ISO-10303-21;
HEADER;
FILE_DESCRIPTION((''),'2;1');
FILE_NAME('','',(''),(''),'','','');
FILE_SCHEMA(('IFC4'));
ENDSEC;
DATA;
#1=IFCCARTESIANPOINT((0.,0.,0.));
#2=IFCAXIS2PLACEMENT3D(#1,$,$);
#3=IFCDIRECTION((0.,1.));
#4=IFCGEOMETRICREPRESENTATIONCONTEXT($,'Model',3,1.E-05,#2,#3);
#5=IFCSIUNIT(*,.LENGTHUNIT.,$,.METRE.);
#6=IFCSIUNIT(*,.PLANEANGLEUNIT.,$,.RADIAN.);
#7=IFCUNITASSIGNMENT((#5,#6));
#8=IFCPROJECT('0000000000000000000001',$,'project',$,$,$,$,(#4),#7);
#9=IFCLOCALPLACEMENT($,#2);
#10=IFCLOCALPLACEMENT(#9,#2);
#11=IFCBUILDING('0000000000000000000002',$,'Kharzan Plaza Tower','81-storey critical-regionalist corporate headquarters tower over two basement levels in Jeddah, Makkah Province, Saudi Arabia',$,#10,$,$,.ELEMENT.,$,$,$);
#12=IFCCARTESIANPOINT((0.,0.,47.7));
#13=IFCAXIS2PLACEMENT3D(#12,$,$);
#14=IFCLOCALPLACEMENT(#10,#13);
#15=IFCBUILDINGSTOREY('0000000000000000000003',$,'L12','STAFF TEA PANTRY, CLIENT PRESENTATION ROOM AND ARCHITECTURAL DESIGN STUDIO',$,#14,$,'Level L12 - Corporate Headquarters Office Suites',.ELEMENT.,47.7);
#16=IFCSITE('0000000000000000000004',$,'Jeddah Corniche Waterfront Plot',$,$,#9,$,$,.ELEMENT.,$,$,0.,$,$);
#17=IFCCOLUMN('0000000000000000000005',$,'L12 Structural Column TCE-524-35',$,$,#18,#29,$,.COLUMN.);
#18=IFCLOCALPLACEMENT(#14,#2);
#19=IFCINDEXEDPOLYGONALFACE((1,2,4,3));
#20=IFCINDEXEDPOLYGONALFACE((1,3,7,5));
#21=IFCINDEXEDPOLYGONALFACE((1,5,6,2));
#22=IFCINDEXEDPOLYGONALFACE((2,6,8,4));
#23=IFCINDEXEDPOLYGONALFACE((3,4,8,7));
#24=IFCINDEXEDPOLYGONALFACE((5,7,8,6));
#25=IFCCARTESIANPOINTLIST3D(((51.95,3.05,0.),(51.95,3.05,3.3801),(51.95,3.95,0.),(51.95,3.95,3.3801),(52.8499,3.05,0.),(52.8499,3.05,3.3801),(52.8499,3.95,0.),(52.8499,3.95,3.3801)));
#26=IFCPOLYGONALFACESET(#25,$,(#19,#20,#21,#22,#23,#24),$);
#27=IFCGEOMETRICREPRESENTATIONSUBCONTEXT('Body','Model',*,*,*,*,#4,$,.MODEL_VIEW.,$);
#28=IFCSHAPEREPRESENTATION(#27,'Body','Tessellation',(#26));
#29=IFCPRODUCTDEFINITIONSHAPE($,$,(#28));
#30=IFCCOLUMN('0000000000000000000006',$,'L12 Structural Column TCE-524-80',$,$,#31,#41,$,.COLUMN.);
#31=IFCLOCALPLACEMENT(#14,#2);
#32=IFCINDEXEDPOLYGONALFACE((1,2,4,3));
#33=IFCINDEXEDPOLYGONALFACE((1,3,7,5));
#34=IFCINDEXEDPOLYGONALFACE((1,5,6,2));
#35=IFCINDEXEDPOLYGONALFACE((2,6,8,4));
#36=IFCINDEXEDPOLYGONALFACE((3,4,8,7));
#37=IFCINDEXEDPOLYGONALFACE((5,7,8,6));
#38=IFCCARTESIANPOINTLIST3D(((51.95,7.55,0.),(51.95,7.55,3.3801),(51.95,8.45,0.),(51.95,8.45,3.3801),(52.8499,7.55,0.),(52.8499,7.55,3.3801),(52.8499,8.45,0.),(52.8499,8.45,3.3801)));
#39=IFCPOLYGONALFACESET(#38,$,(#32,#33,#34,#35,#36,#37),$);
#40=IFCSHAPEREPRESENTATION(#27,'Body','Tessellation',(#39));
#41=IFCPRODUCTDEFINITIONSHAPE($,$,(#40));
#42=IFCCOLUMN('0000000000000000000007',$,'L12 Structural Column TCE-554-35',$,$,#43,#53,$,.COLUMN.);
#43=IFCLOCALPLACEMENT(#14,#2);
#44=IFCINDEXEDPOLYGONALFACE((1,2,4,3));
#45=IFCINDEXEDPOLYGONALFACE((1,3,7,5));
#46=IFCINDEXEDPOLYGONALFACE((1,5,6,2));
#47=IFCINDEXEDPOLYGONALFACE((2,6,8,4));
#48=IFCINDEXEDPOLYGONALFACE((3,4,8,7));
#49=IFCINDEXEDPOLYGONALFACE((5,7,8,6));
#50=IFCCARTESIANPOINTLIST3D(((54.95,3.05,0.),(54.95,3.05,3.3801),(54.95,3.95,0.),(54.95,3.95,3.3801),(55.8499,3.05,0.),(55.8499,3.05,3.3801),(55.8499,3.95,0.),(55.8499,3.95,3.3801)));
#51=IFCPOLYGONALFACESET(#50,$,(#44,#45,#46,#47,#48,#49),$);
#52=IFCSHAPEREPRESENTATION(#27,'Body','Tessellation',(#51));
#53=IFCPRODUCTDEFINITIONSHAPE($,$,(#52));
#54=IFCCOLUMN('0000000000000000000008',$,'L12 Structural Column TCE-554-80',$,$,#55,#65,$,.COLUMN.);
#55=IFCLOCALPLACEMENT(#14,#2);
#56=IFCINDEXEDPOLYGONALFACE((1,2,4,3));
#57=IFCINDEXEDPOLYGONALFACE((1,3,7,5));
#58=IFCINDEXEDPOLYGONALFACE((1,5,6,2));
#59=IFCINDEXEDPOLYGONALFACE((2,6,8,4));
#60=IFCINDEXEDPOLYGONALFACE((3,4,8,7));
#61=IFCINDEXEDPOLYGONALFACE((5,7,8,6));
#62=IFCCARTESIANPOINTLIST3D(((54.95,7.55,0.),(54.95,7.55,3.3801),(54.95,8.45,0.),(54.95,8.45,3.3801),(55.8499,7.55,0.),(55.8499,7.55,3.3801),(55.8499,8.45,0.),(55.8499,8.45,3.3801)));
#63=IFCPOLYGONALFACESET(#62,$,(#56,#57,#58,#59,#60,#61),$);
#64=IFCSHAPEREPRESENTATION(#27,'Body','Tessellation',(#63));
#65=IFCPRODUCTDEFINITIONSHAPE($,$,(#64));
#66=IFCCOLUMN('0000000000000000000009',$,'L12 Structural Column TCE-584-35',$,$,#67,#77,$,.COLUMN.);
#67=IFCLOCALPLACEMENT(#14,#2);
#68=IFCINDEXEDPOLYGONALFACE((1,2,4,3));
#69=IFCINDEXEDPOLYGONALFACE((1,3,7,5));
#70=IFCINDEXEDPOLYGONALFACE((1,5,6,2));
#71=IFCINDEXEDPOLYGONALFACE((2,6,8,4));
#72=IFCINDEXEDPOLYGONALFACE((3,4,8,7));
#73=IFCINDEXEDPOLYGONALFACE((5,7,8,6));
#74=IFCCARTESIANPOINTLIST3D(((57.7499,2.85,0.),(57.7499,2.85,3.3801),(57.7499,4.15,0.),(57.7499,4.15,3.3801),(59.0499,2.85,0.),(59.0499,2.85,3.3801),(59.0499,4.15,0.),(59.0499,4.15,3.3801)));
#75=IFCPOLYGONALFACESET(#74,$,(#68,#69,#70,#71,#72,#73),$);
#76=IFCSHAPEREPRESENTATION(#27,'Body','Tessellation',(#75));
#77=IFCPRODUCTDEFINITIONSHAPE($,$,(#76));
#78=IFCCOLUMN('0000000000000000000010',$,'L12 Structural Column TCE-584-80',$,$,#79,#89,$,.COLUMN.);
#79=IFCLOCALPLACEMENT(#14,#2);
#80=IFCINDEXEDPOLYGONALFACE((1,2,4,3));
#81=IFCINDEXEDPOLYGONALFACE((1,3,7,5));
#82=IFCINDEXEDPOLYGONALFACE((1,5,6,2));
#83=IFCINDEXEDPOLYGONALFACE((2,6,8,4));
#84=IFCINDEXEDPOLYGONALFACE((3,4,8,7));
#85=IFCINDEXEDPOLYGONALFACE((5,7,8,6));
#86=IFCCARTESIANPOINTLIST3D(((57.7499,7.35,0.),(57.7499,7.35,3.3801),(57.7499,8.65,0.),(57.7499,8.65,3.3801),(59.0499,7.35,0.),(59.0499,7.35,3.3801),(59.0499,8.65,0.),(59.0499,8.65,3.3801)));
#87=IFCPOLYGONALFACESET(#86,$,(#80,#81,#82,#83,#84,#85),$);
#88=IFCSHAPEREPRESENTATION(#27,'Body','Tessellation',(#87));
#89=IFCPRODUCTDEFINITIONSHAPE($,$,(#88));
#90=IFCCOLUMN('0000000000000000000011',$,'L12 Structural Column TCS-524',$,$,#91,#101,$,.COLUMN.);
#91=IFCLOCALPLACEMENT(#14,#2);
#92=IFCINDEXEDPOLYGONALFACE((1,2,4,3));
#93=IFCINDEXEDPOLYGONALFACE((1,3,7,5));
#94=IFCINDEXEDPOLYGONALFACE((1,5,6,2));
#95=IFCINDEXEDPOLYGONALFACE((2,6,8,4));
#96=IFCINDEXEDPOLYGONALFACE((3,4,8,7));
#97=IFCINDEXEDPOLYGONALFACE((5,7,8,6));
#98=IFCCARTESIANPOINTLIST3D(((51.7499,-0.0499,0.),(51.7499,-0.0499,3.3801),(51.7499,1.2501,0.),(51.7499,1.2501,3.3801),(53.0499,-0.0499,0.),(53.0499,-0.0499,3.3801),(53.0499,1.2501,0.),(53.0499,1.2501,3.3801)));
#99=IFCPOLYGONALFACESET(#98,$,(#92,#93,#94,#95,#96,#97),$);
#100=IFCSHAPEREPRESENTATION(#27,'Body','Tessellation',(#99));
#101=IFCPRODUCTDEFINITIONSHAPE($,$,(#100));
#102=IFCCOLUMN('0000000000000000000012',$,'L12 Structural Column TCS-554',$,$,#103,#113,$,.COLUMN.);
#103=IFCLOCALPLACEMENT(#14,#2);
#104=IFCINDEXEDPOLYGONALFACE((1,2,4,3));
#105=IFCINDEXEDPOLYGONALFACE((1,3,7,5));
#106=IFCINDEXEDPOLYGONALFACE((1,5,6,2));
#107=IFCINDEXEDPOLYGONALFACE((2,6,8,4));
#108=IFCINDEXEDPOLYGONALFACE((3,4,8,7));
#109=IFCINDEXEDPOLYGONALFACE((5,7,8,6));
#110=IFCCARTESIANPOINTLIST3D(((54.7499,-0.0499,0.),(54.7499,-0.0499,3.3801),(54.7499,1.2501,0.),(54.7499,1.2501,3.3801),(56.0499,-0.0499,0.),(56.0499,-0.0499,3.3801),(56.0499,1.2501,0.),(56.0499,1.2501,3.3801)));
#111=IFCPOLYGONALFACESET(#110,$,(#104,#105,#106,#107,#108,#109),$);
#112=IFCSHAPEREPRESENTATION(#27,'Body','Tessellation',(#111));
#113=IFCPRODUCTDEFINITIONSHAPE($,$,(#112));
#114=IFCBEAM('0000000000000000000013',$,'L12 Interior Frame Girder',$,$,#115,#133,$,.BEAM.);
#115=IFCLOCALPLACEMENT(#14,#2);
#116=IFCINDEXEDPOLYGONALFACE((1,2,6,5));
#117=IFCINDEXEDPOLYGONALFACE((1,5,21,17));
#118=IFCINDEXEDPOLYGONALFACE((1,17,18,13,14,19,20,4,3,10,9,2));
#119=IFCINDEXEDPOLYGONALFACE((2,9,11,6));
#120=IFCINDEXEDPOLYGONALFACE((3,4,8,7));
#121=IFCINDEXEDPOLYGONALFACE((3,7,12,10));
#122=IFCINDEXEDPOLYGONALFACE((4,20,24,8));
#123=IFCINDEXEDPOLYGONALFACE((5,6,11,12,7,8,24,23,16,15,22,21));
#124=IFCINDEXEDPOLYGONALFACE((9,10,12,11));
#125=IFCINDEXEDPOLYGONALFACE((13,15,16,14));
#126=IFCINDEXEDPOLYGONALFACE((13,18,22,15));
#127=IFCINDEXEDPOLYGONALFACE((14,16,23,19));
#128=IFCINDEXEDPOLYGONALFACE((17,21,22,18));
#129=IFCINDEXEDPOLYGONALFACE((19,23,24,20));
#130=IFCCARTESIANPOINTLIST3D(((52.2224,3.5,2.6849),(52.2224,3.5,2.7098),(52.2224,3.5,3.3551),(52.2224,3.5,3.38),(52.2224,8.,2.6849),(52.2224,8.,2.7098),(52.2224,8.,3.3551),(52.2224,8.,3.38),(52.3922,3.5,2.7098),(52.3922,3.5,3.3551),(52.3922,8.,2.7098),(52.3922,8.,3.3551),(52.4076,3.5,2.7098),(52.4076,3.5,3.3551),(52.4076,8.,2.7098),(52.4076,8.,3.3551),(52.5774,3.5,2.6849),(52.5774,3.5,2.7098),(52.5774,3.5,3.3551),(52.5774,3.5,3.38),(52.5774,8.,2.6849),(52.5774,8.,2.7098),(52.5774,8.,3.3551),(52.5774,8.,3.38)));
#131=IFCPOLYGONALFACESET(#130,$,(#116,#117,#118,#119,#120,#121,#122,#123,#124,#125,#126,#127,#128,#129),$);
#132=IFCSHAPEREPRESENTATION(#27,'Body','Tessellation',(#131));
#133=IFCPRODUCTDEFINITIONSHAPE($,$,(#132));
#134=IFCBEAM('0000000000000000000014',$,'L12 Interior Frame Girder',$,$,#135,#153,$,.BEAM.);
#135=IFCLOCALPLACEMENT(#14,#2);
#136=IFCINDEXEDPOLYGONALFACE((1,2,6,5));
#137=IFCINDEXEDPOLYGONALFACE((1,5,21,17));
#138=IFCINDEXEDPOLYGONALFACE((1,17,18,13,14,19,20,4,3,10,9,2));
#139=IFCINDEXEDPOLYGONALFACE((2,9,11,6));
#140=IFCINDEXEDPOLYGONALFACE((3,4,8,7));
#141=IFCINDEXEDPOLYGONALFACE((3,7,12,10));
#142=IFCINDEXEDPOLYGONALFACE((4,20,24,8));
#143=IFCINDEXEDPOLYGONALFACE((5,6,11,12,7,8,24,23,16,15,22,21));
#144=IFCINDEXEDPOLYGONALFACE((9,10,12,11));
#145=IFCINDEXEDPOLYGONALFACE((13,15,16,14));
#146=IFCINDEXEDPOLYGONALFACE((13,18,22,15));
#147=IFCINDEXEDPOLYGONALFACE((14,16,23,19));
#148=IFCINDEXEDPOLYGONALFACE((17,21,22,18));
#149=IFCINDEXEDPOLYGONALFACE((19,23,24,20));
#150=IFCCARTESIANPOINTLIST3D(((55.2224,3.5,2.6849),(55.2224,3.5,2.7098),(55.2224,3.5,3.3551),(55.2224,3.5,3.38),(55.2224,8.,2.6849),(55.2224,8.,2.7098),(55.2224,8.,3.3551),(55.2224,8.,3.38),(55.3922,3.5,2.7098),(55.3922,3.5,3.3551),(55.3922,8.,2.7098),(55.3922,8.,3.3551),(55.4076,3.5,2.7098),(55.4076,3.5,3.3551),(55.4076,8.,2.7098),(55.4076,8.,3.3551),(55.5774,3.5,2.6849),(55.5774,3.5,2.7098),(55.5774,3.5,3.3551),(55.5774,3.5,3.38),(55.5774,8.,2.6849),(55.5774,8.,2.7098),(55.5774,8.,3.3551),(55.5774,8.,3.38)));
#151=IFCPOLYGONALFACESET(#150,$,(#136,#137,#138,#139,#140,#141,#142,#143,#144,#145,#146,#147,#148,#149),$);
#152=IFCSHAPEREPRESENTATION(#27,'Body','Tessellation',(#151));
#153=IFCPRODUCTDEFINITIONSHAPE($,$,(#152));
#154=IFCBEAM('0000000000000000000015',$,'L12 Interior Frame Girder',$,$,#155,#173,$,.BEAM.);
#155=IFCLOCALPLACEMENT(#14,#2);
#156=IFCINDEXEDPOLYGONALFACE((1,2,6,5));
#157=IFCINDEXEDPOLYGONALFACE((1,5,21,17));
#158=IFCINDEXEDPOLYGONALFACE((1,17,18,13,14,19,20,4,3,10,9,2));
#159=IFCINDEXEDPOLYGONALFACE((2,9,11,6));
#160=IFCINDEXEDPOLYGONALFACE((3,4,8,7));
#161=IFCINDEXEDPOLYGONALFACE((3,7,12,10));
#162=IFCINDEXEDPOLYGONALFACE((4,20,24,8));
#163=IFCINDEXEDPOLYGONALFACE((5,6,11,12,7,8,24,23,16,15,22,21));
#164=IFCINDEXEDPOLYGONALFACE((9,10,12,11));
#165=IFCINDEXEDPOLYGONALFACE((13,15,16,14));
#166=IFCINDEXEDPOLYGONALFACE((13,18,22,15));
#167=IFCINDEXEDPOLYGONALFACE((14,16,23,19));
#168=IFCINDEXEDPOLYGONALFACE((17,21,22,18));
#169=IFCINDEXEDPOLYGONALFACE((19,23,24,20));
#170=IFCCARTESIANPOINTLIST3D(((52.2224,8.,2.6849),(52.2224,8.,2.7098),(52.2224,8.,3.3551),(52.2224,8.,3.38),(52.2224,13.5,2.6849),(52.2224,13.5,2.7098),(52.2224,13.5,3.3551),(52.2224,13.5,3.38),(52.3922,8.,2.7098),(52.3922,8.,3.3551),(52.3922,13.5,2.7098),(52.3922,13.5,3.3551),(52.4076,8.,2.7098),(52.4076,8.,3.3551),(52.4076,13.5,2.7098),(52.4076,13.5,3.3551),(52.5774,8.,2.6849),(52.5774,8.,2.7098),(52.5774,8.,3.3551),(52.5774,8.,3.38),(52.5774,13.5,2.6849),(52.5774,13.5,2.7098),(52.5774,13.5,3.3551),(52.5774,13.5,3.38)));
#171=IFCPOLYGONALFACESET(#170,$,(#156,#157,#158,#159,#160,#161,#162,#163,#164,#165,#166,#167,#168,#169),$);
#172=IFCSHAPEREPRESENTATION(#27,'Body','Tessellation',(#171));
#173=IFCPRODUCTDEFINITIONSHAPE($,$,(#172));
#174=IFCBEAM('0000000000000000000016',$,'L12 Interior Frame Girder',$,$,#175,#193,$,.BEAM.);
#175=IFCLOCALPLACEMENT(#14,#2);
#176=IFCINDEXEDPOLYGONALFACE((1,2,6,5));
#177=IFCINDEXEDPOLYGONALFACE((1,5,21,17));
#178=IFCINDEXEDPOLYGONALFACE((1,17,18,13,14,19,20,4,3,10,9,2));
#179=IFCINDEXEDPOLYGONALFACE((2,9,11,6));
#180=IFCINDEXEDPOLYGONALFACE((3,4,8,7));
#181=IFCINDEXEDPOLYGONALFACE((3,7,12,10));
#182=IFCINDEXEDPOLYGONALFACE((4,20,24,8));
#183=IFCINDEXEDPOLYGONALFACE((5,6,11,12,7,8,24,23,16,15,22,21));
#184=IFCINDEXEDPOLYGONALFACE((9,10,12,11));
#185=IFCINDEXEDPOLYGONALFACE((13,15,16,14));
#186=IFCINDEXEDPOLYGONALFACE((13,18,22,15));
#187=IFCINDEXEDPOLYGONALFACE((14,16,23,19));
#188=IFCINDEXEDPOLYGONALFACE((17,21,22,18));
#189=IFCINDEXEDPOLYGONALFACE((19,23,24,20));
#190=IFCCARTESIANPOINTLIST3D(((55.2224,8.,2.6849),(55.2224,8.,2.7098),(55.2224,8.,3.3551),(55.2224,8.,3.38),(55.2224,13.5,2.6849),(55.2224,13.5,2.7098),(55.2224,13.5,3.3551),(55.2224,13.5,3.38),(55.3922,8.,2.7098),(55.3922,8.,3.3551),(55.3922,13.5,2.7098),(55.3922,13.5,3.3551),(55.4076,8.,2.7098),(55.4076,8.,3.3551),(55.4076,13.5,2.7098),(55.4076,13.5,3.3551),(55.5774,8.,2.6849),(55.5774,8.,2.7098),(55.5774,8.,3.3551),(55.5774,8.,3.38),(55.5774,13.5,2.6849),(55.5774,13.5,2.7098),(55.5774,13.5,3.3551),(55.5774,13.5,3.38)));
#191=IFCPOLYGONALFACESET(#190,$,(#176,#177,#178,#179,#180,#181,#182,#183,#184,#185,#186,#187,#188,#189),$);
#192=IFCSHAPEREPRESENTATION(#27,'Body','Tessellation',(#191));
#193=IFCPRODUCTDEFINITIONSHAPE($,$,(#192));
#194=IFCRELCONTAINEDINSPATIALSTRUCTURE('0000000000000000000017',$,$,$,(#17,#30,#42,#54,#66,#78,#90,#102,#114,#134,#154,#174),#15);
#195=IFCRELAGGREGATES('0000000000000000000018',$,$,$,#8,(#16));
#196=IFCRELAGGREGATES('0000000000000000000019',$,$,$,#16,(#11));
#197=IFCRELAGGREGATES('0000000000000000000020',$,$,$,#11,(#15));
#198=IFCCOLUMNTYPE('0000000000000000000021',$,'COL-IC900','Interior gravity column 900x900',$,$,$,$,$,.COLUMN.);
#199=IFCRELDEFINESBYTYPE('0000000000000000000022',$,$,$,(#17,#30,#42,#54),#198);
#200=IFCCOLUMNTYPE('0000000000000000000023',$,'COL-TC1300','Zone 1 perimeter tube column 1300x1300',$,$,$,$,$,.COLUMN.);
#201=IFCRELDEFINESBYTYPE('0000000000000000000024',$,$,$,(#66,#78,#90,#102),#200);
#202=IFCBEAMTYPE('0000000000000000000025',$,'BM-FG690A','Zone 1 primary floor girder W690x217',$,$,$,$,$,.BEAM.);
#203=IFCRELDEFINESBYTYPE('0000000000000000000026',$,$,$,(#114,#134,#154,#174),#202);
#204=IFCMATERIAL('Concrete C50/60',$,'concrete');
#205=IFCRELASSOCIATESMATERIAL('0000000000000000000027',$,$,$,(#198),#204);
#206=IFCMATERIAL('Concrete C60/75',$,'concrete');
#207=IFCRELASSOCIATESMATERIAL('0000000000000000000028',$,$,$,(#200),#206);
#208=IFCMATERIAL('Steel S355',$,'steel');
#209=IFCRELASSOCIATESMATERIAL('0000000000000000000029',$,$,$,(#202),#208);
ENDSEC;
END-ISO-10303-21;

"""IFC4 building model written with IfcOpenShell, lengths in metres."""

from ifc_helpers import new_model, si_unit, direction, frame, origin, origin_2d, place, context, subcontext, project, spatial, rectangle, i_section, extrude, source, transform, mapped, material, material_profile, profile_set, type_object, element, save


model = new_model("IFC4")

# Units and contexts
model_context = context("Model", 3, precision=1e-05, world=origin(), true_north=direction((0.0, 1.0)))
body_context = subcontext(model_context, "Body", "Model", "MODEL_VIEW")
ifc_project = project(units=[si_unit("LENGTHUNIT", "METRE"), si_unit("PLANEANGLEUNIT", "RADIAN")], contexts=[model_context])

# Site, building, storey
site_placement = place(None, origin())
site = spatial("IfcSite", under=ifc_project, at=site_placement, Name="Jeddah Corniche Waterfront Plot", CompositionType="ELEMENT", RefElevation=0.0)
building_placement = place(site_placement, origin())
building = spatial("IfcBuilding", under=site, at=building_placement, Name="Kharzan Plaza Tower", Description="81-storey critical-regionalist corporate headquarters tower over two basement levels in Jeddah, Makkah Province, Saudi Arabia", CompositionType="ELEMENT")
storey_placement = place(building_placement, frame((0.0, 0.0, 47.7)))
storey = spatial("IfcBuildingStorey", under=building, at=storey_placement, Name="L12", Description="STAFF TEA PANTRY, CLIENT PRESENTATION ROOM AND ARCHITECTURAL DESIGN STUDIO", LongName="Level L12 - Corporate Headquarters Office Suites", CompositionType="ELEMENT", Elevation=47.7)

# Columns
ifc_material_1 = material(Name="Concrete C50/60", Category="concrete")
ifc_material_profile_1 = material_profile(ifc_material_1, rectangle(XDim=0.8999, YDim=0.8999, at=origin_2d()), Name="RC-IC900x900")
ifc_profile_set_1 = profile_set([ifc_material_profile_1], Name="Concrete C50/60")
column_type_1 = type_object("IfcColumnType", Name="COL-IC900", Description="Interior gravity column 900x900", PredefinedType="COLUMN", material=ifc_profile_set_1)
shared_shape_1 = source(origin(), body_context, "Body", "SweptSolid", [
    extrude(rectangle(XDim=0.8999, YDim=0.8999, at=origin_2d()), origin(), (0.0, 0.0, 1.0), 3.3801),
])
for number, where, z_axis, x_axis, name in (
    (1, (52.3999, 3.5, 0.0), (0.0, 0.0, 1.0), (1.0, 0.0, 0.0), "L12 Structural Column TCE-524-35"),
    (2, (52.3999, 8.0, 0.0), (0.0, 0.0, 1.0), (1.0, 0.0, 0.0), "L12 Structural Column TCE-524-80"),
    (3, (55.3999, 3.5, 0.0), (0.0, 0.0, 1.0), (1.0, 0.0, 0.0), "L12 Structural Column TCE-554-35"),
    (4, (55.3999, 8.0, 0.0), (0.0, 0.0, 1.0), (1.0, 0.0, 0.0), "L12 Structural Column TCE-554-80"),
):
    element("IfcColumn", number, at=place(storey_placement, frame(where, z_axis=z_axis, x_axis=x_axis)), inside=storey, type_object=column_type_1, Name=name, PredefinedType="COLUMN", context=body_context, shape_type="MappedRepresentation", body=[
        mapped(shared_shape_1, transform((0.0, 0.0, 0.0), x_axis=(1.0, 0.0, 0.0), y_axis=(0.0, 1.0, 0.0), z_axis=(0.0, 0.0, 1.0))),
    ])
ifc_material_2 = material(Name="Concrete C60/75", Category="concrete")
ifc_material_profile_2 = material_profile(ifc_material_2, rectangle(XDim=1.3, YDim=1.3, at=origin_2d()), Name="RC-TC1300x1300")
ifc_profile_set_2 = profile_set([ifc_material_profile_2], Name="Concrete C60/75")
column_type_2 = type_object("IfcColumnType", Name="COL-TC1300", Description="Zone 1 perimeter tube column 1300x1300", PredefinedType="COLUMN", material=ifc_profile_set_2)
shared_shape_2 = source(origin(), body_context, "Body", "SweptSolid", [
    extrude(rectangle(XDim=1.3, YDim=1.3, at=origin_2d()), origin(), (0.0, 0.0, 1.0), 3.3801),
])
for number, where, z_axis, x_axis, name in (
    (5, (58.3999, 3.5, 0.0), (0.0, 0.0, 1.0), (1.0, 0.0, 0.0), "L12 Structural Column TCE-584-35"),
    (6, (58.3999, 8.0, 0.0), (0.0, 0.0, 1.0), (1.0, 0.0, 0.0), "L12 Structural Column TCE-584-80"),
    (7, (52.3999, 0.6001, 0.0), (0.0, 0.0, 1.0), (1.0, 0.0, 0.0), "L12 Structural Column TCS-524"),
    (8, (55.3999, 0.6001, 0.0), (0.0, 0.0, 1.0), (1.0, 0.0, 0.0), "L12 Structural Column TCS-554"),
):
    element("IfcColumn", number, at=place(storey_placement, frame(where, z_axis=z_axis, x_axis=x_axis)), inside=storey, type_object=column_type_2, Name=name, PredefinedType="COLUMN", context=body_context, shape_type="MappedRepresentation", body=[
        mapped(shared_shape_2, transform((0.0, 0.0, 0.0), x_axis=(1.0, 0.0, 0.0), y_axis=(0.0, 1.0, 0.0), z_axis=(0.0, 0.0, 1.0))),
    ])

# Beams
ifc_material_3 = material(Name="Steel S355", Category="steel")
ifc_material_profile_3 = material_profile(ifc_material_3, i_section(OverallWidth=0.355, OverallDepth=0.6951, WebThickness=0.0154, FlangeThickness=0.0249, at=origin_2d()), Name="W690x217")
ifc_profile_set_3 = profile_set([ifc_material_profile_3], Name="Steel S355")
beam_type_1 = type_object("IfcBeamType", Name="BM-FG690A", Description="Zone 1 primary floor girder W690x217", PredefinedType="BEAM", material=ifc_profile_set_3)
shared_shape_3 = source(origin(), body_context, "Body", "SweptSolid", [
    extrude(i_section(OverallWidth=0.355, OverallDepth=0.6951, WebThickness=0.0154, FlangeThickness=0.0249, at=origin_2d()), origin(), (0.0, 0.0, 1.0), 4.5),
])
for number, where, z_axis, x_axis, name in (
    (9, (52.3999, 3.5, 3.0325), (0.0, 1.0, 0.0), (-1.0, 0.0, 0.0), "L12 Interior Frame Girder"),
    (10, (55.3999, 3.5, 3.0325), (0.0, 1.0, 0.0), (-1.0, 0.0, 0.0), "L12 Interior Frame Girder"),
):
    element("IfcBeam", number, at=place(storey_placement, frame(where, z_axis=z_axis, x_axis=x_axis)), inside=storey, type_object=beam_type_1, Name=name, PredefinedType="BEAM", context=body_context, shape_type="MappedRepresentation", body=[
        mapped(shared_shape_3, transform((0.0, 0.0, 0.0), x_axis=(1.0, 0.0, 0.0), y_axis=(0.0, 1.0, 0.0), z_axis=(0.0, 0.0, 1.0))),
    ])
shared_shape_4 = source(origin(), body_context, "Body", "SweptSolid", [
    extrude(i_section(OverallWidth=0.355, OverallDepth=0.6951, WebThickness=0.0154, FlangeThickness=0.0249, at=origin_2d()), origin(), (0.0, 0.0, 1.0), 5.5),
])
for number, where, z_axis, x_axis, name in (
    (11, (52.3999, 8.0, 3.0325), (0.0, 1.0, 0.0), (-1.0, 0.0, 0.0), "L12 Interior Frame Girder"),
    (12, (55.3999, 8.0, 3.0325), (0.0, 1.0, 0.0), (-1.0, 0.0, 0.0), "L12 Interior Frame Girder"),
):
    element("IfcBeam", number, at=place(storey_placement, frame(where, z_axis=z_axis, x_axis=x_axis)), inside=storey, type_object=beam_type_1, Name=name, PredefinedType="BEAM", context=body_context, shape_type="MappedRepresentation", body=[
        mapped(shared_shape_4, transform((0.0, 0.0, 0.0), x_axis=(1.0, 0.0, 0.0), y_axis=(0.0, 1.0, 0.0), z_axis=(0.0, 0.0, 1.0))),
    ])

save(model, "model.ifc")
